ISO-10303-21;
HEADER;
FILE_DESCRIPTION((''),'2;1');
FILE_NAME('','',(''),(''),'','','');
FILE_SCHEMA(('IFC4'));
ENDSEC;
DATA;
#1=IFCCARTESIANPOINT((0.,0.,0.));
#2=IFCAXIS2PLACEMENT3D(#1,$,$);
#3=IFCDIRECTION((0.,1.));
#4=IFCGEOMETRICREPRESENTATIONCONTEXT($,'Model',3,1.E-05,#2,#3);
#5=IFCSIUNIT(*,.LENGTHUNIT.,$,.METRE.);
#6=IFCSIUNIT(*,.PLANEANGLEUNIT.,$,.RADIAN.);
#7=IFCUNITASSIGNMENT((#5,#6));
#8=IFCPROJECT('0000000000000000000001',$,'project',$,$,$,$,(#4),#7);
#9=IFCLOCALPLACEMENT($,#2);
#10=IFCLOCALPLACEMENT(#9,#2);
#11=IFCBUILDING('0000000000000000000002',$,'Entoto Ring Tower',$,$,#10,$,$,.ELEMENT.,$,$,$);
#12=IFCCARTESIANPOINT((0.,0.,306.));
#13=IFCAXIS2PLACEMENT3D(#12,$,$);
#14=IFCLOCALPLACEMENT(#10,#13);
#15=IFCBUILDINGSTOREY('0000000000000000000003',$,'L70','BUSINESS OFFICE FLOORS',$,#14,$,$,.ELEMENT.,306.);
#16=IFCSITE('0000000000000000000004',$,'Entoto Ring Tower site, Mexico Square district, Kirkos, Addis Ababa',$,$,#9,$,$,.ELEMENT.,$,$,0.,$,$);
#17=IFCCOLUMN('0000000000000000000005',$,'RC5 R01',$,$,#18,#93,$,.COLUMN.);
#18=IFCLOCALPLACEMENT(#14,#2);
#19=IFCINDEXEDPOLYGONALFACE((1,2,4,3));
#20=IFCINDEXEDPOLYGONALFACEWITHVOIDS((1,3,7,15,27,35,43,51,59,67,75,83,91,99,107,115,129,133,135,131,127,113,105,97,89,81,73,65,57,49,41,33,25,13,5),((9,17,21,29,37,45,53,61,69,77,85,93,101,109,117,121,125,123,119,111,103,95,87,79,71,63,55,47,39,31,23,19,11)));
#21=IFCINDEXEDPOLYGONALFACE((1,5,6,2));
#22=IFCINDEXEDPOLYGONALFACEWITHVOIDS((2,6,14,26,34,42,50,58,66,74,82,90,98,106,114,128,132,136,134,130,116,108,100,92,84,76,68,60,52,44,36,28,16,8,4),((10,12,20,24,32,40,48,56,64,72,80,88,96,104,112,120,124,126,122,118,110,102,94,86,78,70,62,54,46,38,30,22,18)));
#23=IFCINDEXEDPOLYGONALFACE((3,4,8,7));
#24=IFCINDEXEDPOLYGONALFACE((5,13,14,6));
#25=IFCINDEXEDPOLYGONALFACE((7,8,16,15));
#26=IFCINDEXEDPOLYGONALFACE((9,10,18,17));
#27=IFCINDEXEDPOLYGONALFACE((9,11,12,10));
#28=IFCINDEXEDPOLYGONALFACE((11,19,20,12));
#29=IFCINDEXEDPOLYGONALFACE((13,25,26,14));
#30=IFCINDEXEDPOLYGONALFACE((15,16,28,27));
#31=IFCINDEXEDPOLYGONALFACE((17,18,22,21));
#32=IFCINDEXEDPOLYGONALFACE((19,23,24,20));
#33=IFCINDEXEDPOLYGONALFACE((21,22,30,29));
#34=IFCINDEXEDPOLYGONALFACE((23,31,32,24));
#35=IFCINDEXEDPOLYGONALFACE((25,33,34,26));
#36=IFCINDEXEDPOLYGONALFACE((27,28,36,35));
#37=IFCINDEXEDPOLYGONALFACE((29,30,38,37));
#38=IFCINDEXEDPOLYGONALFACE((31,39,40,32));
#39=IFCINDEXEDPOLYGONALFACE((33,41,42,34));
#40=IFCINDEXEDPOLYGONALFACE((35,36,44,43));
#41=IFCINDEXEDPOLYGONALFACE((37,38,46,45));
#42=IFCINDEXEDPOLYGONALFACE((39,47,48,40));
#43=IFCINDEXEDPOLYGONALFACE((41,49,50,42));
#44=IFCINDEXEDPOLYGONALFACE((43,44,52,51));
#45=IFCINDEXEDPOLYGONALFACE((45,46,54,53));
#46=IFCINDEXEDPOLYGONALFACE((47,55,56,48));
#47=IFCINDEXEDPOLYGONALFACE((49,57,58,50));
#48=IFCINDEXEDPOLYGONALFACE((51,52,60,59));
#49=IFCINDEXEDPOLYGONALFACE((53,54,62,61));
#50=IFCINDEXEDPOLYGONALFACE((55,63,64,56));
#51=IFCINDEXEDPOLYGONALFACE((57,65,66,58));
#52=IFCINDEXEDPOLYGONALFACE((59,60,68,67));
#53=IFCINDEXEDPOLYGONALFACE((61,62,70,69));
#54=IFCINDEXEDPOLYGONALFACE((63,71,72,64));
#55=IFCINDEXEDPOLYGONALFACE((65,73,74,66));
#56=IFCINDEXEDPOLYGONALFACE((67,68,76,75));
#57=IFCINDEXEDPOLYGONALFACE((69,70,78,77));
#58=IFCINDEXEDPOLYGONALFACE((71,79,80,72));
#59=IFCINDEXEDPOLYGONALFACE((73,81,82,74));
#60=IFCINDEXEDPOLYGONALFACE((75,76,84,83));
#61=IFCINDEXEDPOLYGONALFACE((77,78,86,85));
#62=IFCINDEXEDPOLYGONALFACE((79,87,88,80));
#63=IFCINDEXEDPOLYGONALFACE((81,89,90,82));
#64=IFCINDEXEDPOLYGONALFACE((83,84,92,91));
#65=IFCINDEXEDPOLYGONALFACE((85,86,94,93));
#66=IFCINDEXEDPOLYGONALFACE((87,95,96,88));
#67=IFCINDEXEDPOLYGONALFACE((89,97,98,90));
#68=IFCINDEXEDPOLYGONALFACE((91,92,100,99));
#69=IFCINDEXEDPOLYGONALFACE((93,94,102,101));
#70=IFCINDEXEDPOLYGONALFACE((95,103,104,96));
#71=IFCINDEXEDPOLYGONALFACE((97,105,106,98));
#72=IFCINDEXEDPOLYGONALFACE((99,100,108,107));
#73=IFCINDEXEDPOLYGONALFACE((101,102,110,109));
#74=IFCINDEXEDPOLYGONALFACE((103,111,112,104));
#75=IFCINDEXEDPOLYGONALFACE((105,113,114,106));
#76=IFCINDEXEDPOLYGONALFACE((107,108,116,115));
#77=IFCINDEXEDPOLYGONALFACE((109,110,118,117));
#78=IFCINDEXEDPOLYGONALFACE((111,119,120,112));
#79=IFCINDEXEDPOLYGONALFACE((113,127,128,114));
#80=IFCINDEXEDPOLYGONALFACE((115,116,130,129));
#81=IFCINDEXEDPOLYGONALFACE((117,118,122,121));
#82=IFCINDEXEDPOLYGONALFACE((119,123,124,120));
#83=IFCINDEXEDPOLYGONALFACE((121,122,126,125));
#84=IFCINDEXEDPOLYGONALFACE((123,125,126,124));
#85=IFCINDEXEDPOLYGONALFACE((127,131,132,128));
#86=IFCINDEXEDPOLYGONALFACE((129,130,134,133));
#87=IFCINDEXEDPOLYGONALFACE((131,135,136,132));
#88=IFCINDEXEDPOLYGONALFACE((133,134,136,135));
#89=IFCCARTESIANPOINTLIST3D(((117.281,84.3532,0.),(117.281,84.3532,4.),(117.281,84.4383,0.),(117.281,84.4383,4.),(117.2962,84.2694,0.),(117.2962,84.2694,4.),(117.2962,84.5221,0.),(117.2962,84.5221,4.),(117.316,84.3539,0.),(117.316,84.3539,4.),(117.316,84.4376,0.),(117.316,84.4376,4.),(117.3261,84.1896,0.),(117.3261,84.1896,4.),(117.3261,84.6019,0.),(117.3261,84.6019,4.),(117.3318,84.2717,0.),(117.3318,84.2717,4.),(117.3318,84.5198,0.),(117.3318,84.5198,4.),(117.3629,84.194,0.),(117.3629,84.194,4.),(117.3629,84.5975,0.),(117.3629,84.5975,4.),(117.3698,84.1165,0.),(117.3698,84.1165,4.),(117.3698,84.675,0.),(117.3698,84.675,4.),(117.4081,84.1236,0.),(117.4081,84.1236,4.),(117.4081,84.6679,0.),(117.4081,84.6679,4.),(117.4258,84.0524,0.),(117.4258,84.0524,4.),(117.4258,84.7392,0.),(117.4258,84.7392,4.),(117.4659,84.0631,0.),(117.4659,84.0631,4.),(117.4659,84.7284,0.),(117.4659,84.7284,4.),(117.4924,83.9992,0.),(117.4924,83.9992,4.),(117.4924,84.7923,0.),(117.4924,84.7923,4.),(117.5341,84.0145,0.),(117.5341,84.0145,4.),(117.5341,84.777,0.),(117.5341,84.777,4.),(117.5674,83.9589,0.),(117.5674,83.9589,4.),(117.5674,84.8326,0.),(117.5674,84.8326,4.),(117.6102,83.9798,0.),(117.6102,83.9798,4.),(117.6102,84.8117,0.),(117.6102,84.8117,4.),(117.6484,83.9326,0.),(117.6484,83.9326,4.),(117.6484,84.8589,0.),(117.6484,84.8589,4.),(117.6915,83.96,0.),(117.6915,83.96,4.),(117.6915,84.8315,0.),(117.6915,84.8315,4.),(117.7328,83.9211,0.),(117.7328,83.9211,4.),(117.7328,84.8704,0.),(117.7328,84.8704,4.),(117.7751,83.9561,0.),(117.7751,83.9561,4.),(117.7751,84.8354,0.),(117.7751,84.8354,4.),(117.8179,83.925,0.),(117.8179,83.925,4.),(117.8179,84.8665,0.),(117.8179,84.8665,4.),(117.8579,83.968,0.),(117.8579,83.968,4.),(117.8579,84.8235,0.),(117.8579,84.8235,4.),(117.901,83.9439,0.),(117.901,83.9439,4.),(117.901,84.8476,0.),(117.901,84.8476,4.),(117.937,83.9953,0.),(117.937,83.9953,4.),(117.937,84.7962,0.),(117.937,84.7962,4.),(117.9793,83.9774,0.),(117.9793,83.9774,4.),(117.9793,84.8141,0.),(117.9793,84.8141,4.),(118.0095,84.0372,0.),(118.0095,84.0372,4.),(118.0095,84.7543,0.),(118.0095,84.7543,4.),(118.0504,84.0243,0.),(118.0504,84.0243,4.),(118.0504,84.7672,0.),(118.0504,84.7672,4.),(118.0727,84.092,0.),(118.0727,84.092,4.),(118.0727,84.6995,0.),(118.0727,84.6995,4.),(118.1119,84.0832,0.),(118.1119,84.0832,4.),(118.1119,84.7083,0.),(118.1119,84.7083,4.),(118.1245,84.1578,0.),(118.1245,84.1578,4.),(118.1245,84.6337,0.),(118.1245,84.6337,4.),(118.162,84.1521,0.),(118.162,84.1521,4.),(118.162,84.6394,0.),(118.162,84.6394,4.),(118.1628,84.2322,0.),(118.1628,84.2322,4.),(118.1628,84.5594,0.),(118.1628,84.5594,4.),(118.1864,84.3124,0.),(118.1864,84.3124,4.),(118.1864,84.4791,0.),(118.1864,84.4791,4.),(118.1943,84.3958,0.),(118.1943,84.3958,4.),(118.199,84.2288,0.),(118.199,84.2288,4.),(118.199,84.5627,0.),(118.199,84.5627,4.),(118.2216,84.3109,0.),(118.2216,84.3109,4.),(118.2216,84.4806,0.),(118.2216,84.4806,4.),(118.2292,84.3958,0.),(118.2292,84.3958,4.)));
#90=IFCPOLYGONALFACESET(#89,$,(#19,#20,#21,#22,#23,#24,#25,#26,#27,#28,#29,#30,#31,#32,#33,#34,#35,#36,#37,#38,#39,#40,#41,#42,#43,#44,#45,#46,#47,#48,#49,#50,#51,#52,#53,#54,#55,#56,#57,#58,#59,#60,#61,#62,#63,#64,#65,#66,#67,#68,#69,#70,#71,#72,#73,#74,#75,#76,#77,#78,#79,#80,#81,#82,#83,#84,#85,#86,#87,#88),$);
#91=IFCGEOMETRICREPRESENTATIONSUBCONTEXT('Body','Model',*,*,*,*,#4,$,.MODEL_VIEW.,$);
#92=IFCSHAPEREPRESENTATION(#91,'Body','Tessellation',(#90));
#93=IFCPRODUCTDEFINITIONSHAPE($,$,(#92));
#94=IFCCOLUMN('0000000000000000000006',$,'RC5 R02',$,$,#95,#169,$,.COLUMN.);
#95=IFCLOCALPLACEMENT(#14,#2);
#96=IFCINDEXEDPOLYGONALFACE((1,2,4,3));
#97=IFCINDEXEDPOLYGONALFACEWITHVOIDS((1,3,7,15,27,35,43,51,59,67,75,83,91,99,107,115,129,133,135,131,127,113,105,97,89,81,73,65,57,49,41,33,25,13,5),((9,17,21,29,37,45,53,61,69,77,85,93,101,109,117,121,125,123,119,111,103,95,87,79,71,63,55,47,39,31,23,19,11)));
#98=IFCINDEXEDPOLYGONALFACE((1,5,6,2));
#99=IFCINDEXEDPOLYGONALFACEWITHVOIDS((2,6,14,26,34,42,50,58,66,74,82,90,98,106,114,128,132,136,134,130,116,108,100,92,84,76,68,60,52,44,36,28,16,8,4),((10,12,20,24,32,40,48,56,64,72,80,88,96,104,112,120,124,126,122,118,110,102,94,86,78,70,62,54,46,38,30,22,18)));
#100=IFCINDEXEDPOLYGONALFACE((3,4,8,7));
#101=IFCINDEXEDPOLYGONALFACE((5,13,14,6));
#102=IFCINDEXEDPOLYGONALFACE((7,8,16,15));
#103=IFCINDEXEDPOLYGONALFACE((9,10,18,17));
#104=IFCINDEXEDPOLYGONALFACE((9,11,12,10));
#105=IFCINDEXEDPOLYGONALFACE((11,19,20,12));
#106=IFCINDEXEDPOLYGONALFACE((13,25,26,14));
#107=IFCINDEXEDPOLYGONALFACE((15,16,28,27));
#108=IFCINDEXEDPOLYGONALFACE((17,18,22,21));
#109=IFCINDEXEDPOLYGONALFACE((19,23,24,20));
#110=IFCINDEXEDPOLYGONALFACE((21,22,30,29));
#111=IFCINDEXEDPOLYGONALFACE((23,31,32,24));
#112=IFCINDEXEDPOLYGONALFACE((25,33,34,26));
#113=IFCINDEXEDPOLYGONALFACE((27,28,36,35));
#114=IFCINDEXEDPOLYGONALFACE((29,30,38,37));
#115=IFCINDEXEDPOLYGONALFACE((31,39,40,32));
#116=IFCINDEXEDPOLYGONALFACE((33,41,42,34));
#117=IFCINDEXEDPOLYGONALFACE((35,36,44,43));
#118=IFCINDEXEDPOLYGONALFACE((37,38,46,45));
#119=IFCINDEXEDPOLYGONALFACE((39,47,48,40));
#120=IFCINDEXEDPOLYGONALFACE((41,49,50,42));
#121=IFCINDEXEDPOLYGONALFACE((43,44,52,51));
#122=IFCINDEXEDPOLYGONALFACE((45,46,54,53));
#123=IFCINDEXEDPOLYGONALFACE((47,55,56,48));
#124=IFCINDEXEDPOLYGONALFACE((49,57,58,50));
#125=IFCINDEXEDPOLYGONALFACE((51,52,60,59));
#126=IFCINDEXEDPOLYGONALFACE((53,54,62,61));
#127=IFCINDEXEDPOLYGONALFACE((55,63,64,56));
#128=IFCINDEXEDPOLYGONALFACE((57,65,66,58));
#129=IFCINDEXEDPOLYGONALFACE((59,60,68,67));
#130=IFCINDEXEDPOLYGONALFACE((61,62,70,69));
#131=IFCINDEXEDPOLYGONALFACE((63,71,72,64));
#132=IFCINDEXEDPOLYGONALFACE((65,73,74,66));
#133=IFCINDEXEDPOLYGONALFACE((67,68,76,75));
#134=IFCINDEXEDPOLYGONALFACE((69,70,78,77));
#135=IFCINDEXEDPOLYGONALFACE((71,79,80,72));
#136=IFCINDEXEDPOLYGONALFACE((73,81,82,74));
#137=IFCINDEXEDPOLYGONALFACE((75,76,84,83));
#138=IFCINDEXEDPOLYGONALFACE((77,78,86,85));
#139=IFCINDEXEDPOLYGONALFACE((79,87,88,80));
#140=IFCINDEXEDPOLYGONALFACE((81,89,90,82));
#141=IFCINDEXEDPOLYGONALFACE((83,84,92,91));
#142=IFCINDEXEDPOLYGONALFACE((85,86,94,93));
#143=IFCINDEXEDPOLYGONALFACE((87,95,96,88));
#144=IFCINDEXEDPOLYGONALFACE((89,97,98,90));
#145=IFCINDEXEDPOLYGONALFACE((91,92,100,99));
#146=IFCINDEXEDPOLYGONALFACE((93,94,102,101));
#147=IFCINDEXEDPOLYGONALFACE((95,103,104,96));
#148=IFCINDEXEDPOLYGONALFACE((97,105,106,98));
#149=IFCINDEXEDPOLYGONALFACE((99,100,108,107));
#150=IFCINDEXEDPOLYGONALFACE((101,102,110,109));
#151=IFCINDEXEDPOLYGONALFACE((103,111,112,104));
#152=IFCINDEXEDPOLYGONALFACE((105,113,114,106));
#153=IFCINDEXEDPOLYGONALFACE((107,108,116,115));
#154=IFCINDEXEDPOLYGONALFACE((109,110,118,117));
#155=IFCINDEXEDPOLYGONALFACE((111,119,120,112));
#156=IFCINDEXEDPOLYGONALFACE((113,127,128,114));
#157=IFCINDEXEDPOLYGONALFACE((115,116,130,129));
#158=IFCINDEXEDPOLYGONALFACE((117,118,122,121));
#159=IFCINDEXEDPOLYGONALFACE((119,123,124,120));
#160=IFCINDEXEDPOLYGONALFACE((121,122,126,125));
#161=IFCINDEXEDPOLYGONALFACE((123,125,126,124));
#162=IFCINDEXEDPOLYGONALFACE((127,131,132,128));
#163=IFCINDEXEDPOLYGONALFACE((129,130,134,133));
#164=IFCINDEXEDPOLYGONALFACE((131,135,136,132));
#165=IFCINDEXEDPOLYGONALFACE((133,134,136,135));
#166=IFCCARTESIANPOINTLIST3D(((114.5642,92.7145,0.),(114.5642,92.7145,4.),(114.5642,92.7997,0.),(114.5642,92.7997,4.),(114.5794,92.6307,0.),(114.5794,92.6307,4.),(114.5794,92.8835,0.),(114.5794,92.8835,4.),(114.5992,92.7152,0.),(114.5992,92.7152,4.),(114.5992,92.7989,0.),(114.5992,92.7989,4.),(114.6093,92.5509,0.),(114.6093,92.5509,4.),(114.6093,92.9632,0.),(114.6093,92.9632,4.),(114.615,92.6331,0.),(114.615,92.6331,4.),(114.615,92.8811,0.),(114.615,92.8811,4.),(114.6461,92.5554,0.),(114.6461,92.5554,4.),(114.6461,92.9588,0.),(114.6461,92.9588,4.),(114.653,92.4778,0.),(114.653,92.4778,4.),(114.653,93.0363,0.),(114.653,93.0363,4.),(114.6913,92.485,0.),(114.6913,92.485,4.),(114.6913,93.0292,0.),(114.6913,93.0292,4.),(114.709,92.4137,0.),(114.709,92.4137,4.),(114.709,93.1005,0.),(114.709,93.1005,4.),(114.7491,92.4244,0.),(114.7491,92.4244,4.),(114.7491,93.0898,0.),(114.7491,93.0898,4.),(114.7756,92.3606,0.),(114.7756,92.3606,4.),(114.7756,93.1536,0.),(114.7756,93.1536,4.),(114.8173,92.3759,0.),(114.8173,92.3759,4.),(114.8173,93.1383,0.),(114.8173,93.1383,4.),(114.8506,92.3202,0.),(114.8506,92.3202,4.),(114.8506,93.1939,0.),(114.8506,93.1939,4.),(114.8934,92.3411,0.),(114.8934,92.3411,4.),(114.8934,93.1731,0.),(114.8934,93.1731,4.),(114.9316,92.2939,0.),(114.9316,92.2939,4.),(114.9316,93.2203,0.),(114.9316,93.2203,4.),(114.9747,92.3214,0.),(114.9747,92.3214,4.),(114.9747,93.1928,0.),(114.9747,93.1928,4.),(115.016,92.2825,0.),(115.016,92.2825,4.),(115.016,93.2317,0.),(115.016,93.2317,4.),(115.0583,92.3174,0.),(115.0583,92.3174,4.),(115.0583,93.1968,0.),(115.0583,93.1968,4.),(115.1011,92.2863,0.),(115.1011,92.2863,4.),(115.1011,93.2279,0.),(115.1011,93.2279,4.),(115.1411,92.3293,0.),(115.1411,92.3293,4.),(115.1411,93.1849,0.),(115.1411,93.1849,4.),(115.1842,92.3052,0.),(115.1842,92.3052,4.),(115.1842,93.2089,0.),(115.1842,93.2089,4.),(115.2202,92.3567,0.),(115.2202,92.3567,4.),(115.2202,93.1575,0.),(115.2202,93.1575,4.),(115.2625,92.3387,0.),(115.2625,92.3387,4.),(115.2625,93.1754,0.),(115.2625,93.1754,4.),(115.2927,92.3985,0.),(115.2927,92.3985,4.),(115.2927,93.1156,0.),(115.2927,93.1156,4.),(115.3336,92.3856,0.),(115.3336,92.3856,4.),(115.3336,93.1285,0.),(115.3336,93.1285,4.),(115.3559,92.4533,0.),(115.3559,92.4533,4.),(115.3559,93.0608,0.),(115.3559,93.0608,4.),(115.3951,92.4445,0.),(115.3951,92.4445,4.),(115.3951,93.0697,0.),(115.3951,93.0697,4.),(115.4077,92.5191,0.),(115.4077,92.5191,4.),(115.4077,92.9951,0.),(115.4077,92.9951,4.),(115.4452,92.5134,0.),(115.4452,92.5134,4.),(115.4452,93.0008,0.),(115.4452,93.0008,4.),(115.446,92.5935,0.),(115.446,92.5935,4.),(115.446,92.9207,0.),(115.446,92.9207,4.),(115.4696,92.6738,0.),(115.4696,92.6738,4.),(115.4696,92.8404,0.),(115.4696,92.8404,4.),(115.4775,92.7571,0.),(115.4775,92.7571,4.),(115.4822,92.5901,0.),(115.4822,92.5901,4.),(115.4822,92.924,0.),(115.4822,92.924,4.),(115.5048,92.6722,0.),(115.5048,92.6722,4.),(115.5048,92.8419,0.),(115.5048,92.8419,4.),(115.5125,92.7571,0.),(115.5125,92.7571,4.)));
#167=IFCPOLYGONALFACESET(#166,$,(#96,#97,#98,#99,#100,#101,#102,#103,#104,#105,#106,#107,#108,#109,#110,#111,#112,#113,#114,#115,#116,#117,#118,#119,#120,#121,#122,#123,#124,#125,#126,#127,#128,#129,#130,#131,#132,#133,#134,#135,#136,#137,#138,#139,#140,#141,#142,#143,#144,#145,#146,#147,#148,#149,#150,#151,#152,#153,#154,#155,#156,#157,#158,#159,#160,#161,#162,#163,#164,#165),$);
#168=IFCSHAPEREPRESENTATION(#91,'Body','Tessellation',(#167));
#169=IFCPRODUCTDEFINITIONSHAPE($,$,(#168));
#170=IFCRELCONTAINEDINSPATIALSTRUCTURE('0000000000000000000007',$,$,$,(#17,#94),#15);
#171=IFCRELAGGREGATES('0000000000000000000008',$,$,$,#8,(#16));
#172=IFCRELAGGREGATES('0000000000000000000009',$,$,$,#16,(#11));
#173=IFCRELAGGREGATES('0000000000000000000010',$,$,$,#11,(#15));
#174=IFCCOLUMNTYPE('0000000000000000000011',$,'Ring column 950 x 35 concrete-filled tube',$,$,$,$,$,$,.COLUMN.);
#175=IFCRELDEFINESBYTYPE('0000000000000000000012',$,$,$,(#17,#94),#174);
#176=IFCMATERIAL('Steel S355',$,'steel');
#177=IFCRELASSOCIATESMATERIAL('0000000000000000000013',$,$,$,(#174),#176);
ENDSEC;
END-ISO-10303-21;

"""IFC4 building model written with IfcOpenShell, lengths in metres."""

from ifc_helpers import new_model, si_unit, direction, frame, origin, origin_2d, place, context, subcontext, project, spatial, circle, hollow_circle, extrude, material, material_profile, profile_set, type_object, element, save


model = new_model("IFC4")

# Units and contexts
model_context = context("Model", 3, precision=1e-05, world=origin(), true_north=direction((0.0, 1.0)))
body_context = subcontext(model_context, "Body", "Model", "MODEL_VIEW")
ifc_project = project(units=[si_unit("LENGTHUNIT", "METRE"), si_unit("PLANEANGLEUNIT", "RADIAN")], contexts=[model_context])

# Site, building, storey
site_placement = place(None, origin())
site = spatial("IfcSite", under=ifc_project, at=site_placement, Name="Entoto Ring Tower site, Mexico Square district, Kirkos, Addis Ababa", CompositionType="ELEMENT", RefElevation=0.0)
building_placement = place(site_placement, origin())
building = spatial("IfcBuilding", under=site, at=building_placement, Name="Entoto Ring Tower", CompositionType="ELEMENT")
storey_placement = place(building_placement, frame((0.0, 0.0, 306.0)))
storey = spatial("IfcBuildingStorey", under=building, at=storey_placement, Name="L70", Description="BUSINESS OFFICE FLOORS", CompositionType="ELEMENT", Elevation=306.0)

# Columns
ifc_material_1 = material(Name="Steel S355", Category="steel")
ifc_material_profile_1 = material_profile(ifc_material_1, hollow_circle(Radius=0.4751, WallThickness=0.0349, at=origin_2d()), Name="CHS 950 x 35")
ifc_material_2 = material(Name="Concrete C60/75", Category="concrete")
ifc_material_profile_2 = material_profile(ifc_material_2, circle(Radius=0.4399, at=origin_2d()), Name="Concrete C60/75 infill")
ifc_profile_set_1 = profile_set([ifc_material_profile_1, ifc_material_profile_2], Name="Steel S355")
column_type = type_object("IfcColumnType", Name="Ring column 950 x 35 concrete-filled tube", PredefinedType="COLUMN", material=ifc_profile_set_1)
for number, where, z_axis, x_axis, name in (
    (1, (117.7542, 84.3958, 0.0), (0.0, 0.0, 1.0), (1.0, 0.0, 0.0), "RC5 R01"),
    (2, (115.0374, 92.7571, 0.0), (0.0, 0.0, 1.0), (1.0, 0.0, 0.0), "RC5 R02"),
):
    element("IfcColumn", number, at=place(storey_placement, frame(where, z_axis=z_axis, x_axis=x_axis)), inside=storey, type_object=column_type, Name=name, PredefinedType="COLUMN", context=body_context, shape_type="SweptSolid", body=[
        extrude(hollow_circle(Radius=0.4751, WallThickness=0.0349, at=origin_2d()), origin(), (0.0, 0.0, 1.0), 4.0),
    ])

save(model, "model.ifc")
